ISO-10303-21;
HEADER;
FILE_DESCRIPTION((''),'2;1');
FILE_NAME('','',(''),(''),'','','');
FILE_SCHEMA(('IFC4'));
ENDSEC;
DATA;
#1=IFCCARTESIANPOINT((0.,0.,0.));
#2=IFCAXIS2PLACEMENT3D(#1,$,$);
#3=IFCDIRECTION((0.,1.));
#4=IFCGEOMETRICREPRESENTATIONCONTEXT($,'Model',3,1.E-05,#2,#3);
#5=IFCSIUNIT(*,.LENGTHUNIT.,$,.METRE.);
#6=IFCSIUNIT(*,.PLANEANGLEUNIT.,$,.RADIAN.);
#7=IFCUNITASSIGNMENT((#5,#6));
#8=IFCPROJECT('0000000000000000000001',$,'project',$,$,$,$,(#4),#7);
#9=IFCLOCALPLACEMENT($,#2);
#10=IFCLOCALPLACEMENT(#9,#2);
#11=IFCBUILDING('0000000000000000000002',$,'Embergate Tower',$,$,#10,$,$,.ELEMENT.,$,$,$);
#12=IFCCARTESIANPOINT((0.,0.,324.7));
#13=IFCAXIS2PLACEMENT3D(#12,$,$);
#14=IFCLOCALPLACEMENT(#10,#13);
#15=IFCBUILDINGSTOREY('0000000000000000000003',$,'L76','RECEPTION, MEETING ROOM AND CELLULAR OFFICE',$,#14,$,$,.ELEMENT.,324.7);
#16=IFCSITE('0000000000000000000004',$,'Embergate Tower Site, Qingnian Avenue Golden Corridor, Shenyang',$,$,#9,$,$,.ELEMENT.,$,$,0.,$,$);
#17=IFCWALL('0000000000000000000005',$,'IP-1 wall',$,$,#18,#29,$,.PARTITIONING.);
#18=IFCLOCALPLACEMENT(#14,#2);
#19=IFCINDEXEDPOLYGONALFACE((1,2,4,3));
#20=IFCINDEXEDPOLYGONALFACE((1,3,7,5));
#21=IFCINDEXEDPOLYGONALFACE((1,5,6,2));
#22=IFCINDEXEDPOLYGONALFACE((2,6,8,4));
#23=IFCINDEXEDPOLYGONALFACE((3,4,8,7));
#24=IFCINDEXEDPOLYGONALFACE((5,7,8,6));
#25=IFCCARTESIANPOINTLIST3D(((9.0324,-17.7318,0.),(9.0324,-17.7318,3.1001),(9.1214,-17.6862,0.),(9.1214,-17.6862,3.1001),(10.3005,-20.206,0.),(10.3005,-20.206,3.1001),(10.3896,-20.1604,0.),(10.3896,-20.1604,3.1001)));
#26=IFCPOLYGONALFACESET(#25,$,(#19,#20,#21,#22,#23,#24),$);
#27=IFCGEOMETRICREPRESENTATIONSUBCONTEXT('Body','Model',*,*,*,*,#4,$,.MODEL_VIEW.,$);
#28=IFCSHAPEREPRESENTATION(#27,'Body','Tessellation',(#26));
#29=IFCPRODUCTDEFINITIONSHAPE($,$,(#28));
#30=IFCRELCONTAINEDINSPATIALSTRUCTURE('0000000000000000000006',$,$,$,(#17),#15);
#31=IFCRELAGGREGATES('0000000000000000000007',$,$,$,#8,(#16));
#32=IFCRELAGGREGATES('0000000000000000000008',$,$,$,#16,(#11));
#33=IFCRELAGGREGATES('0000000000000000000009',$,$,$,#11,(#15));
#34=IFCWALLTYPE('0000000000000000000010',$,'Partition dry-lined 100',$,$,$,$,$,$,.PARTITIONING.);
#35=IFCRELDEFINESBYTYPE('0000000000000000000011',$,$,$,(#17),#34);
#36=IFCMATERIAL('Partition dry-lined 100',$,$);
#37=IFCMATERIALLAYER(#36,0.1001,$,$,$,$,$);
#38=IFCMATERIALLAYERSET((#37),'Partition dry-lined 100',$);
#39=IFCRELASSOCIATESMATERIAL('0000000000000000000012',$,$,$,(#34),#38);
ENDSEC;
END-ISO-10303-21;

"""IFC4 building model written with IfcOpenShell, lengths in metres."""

from ifc_helpers import new_model, si_unit, direction, frame, frame_2d, origin, place, context, subcontext, project, spatial, rectangle, extrude, source, transform, mapped, material, layer, layer_set, type_object, element, save


model = new_model("IFC4")

# Units and contexts
model_context = context("Model", 3, precision=1e-05, world=origin(), true_north=direction((0.0, 1.0)))
body_context = subcontext(model_context, "Body", "Model", "MODEL_VIEW")
ifc_project = project(units=[si_unit("LENGTHUNIT", "METRE"), si_unit("PLANEANGLEUNIT", "RADIAN")], contexts=[model_context])

# Site, building, storey
site_placement = place(None, origin())
site = spatial("IfcSite", under=ifc_project, at=site_placement, Name="Embergate Tower Site, Qingnian Avenue Golden Corridor, Shenyang", CompositionType="ELEMENT", RefElevation=0.0)
building_placement = place(site_placement, origin())
building = spatial("IfcBuilding", under=site, at=building_placement, Name="Embergate Tower", CompositionType="ELEMENT")
storey_placement = place(building_placement, frame((0.0, 0.0, 324.7)))
storey = spatial("IfcBuildingStorey", under=building, at=storey_placement, Name="L76", Description="RECEPTION, MEETING ROOM AND CELLULAR OFFICE", CompositionType="ELEMENT", Elevation=324.7)

# Wall
ifc_material_1 = material(Name="Partition dry-lined 100")
ifc_layer_1 = layer(ifc_material_1, 0.1001)
ifc_layer_set_1 = layer_set([ifc_layer_1], Name="Partition dry-lined 100")
wall_type_1 = type_object("IfcWallType", Name="Partition dry-lined 100", PredefinedType="PARTITIONING", material=ifc_layer_set_1)
shared_shape_1 = source(origin(), body_context, "Body", "SweptSolid", [
    extrude(rectangle(XDim=2.7803, YDim=0.1001, at=frame_2d((1.3901, 0.0))), origin(), (0.0, 0.0, 1.0), 3.1001),
])
wall_1_placement = place(storey_placement, frame((9.0769, -17.709, 0.0), z_axis=(0.0, 0.0, 1.0), x_axis=(0.456113, -0.889922, 0.0)))
element("IfcWall", 1, at=wall_1_placement, inside=storey, type_object=wall_type_1, Name="IP-1 wall", PredefinedType="PARTITIONING", context=body_context, shape_type="MappedRepresentation", body=[
    mapped(shared_shape_1, transform((0.0, 0.0, 0.0))),
])

save(model, "model.ifc")
